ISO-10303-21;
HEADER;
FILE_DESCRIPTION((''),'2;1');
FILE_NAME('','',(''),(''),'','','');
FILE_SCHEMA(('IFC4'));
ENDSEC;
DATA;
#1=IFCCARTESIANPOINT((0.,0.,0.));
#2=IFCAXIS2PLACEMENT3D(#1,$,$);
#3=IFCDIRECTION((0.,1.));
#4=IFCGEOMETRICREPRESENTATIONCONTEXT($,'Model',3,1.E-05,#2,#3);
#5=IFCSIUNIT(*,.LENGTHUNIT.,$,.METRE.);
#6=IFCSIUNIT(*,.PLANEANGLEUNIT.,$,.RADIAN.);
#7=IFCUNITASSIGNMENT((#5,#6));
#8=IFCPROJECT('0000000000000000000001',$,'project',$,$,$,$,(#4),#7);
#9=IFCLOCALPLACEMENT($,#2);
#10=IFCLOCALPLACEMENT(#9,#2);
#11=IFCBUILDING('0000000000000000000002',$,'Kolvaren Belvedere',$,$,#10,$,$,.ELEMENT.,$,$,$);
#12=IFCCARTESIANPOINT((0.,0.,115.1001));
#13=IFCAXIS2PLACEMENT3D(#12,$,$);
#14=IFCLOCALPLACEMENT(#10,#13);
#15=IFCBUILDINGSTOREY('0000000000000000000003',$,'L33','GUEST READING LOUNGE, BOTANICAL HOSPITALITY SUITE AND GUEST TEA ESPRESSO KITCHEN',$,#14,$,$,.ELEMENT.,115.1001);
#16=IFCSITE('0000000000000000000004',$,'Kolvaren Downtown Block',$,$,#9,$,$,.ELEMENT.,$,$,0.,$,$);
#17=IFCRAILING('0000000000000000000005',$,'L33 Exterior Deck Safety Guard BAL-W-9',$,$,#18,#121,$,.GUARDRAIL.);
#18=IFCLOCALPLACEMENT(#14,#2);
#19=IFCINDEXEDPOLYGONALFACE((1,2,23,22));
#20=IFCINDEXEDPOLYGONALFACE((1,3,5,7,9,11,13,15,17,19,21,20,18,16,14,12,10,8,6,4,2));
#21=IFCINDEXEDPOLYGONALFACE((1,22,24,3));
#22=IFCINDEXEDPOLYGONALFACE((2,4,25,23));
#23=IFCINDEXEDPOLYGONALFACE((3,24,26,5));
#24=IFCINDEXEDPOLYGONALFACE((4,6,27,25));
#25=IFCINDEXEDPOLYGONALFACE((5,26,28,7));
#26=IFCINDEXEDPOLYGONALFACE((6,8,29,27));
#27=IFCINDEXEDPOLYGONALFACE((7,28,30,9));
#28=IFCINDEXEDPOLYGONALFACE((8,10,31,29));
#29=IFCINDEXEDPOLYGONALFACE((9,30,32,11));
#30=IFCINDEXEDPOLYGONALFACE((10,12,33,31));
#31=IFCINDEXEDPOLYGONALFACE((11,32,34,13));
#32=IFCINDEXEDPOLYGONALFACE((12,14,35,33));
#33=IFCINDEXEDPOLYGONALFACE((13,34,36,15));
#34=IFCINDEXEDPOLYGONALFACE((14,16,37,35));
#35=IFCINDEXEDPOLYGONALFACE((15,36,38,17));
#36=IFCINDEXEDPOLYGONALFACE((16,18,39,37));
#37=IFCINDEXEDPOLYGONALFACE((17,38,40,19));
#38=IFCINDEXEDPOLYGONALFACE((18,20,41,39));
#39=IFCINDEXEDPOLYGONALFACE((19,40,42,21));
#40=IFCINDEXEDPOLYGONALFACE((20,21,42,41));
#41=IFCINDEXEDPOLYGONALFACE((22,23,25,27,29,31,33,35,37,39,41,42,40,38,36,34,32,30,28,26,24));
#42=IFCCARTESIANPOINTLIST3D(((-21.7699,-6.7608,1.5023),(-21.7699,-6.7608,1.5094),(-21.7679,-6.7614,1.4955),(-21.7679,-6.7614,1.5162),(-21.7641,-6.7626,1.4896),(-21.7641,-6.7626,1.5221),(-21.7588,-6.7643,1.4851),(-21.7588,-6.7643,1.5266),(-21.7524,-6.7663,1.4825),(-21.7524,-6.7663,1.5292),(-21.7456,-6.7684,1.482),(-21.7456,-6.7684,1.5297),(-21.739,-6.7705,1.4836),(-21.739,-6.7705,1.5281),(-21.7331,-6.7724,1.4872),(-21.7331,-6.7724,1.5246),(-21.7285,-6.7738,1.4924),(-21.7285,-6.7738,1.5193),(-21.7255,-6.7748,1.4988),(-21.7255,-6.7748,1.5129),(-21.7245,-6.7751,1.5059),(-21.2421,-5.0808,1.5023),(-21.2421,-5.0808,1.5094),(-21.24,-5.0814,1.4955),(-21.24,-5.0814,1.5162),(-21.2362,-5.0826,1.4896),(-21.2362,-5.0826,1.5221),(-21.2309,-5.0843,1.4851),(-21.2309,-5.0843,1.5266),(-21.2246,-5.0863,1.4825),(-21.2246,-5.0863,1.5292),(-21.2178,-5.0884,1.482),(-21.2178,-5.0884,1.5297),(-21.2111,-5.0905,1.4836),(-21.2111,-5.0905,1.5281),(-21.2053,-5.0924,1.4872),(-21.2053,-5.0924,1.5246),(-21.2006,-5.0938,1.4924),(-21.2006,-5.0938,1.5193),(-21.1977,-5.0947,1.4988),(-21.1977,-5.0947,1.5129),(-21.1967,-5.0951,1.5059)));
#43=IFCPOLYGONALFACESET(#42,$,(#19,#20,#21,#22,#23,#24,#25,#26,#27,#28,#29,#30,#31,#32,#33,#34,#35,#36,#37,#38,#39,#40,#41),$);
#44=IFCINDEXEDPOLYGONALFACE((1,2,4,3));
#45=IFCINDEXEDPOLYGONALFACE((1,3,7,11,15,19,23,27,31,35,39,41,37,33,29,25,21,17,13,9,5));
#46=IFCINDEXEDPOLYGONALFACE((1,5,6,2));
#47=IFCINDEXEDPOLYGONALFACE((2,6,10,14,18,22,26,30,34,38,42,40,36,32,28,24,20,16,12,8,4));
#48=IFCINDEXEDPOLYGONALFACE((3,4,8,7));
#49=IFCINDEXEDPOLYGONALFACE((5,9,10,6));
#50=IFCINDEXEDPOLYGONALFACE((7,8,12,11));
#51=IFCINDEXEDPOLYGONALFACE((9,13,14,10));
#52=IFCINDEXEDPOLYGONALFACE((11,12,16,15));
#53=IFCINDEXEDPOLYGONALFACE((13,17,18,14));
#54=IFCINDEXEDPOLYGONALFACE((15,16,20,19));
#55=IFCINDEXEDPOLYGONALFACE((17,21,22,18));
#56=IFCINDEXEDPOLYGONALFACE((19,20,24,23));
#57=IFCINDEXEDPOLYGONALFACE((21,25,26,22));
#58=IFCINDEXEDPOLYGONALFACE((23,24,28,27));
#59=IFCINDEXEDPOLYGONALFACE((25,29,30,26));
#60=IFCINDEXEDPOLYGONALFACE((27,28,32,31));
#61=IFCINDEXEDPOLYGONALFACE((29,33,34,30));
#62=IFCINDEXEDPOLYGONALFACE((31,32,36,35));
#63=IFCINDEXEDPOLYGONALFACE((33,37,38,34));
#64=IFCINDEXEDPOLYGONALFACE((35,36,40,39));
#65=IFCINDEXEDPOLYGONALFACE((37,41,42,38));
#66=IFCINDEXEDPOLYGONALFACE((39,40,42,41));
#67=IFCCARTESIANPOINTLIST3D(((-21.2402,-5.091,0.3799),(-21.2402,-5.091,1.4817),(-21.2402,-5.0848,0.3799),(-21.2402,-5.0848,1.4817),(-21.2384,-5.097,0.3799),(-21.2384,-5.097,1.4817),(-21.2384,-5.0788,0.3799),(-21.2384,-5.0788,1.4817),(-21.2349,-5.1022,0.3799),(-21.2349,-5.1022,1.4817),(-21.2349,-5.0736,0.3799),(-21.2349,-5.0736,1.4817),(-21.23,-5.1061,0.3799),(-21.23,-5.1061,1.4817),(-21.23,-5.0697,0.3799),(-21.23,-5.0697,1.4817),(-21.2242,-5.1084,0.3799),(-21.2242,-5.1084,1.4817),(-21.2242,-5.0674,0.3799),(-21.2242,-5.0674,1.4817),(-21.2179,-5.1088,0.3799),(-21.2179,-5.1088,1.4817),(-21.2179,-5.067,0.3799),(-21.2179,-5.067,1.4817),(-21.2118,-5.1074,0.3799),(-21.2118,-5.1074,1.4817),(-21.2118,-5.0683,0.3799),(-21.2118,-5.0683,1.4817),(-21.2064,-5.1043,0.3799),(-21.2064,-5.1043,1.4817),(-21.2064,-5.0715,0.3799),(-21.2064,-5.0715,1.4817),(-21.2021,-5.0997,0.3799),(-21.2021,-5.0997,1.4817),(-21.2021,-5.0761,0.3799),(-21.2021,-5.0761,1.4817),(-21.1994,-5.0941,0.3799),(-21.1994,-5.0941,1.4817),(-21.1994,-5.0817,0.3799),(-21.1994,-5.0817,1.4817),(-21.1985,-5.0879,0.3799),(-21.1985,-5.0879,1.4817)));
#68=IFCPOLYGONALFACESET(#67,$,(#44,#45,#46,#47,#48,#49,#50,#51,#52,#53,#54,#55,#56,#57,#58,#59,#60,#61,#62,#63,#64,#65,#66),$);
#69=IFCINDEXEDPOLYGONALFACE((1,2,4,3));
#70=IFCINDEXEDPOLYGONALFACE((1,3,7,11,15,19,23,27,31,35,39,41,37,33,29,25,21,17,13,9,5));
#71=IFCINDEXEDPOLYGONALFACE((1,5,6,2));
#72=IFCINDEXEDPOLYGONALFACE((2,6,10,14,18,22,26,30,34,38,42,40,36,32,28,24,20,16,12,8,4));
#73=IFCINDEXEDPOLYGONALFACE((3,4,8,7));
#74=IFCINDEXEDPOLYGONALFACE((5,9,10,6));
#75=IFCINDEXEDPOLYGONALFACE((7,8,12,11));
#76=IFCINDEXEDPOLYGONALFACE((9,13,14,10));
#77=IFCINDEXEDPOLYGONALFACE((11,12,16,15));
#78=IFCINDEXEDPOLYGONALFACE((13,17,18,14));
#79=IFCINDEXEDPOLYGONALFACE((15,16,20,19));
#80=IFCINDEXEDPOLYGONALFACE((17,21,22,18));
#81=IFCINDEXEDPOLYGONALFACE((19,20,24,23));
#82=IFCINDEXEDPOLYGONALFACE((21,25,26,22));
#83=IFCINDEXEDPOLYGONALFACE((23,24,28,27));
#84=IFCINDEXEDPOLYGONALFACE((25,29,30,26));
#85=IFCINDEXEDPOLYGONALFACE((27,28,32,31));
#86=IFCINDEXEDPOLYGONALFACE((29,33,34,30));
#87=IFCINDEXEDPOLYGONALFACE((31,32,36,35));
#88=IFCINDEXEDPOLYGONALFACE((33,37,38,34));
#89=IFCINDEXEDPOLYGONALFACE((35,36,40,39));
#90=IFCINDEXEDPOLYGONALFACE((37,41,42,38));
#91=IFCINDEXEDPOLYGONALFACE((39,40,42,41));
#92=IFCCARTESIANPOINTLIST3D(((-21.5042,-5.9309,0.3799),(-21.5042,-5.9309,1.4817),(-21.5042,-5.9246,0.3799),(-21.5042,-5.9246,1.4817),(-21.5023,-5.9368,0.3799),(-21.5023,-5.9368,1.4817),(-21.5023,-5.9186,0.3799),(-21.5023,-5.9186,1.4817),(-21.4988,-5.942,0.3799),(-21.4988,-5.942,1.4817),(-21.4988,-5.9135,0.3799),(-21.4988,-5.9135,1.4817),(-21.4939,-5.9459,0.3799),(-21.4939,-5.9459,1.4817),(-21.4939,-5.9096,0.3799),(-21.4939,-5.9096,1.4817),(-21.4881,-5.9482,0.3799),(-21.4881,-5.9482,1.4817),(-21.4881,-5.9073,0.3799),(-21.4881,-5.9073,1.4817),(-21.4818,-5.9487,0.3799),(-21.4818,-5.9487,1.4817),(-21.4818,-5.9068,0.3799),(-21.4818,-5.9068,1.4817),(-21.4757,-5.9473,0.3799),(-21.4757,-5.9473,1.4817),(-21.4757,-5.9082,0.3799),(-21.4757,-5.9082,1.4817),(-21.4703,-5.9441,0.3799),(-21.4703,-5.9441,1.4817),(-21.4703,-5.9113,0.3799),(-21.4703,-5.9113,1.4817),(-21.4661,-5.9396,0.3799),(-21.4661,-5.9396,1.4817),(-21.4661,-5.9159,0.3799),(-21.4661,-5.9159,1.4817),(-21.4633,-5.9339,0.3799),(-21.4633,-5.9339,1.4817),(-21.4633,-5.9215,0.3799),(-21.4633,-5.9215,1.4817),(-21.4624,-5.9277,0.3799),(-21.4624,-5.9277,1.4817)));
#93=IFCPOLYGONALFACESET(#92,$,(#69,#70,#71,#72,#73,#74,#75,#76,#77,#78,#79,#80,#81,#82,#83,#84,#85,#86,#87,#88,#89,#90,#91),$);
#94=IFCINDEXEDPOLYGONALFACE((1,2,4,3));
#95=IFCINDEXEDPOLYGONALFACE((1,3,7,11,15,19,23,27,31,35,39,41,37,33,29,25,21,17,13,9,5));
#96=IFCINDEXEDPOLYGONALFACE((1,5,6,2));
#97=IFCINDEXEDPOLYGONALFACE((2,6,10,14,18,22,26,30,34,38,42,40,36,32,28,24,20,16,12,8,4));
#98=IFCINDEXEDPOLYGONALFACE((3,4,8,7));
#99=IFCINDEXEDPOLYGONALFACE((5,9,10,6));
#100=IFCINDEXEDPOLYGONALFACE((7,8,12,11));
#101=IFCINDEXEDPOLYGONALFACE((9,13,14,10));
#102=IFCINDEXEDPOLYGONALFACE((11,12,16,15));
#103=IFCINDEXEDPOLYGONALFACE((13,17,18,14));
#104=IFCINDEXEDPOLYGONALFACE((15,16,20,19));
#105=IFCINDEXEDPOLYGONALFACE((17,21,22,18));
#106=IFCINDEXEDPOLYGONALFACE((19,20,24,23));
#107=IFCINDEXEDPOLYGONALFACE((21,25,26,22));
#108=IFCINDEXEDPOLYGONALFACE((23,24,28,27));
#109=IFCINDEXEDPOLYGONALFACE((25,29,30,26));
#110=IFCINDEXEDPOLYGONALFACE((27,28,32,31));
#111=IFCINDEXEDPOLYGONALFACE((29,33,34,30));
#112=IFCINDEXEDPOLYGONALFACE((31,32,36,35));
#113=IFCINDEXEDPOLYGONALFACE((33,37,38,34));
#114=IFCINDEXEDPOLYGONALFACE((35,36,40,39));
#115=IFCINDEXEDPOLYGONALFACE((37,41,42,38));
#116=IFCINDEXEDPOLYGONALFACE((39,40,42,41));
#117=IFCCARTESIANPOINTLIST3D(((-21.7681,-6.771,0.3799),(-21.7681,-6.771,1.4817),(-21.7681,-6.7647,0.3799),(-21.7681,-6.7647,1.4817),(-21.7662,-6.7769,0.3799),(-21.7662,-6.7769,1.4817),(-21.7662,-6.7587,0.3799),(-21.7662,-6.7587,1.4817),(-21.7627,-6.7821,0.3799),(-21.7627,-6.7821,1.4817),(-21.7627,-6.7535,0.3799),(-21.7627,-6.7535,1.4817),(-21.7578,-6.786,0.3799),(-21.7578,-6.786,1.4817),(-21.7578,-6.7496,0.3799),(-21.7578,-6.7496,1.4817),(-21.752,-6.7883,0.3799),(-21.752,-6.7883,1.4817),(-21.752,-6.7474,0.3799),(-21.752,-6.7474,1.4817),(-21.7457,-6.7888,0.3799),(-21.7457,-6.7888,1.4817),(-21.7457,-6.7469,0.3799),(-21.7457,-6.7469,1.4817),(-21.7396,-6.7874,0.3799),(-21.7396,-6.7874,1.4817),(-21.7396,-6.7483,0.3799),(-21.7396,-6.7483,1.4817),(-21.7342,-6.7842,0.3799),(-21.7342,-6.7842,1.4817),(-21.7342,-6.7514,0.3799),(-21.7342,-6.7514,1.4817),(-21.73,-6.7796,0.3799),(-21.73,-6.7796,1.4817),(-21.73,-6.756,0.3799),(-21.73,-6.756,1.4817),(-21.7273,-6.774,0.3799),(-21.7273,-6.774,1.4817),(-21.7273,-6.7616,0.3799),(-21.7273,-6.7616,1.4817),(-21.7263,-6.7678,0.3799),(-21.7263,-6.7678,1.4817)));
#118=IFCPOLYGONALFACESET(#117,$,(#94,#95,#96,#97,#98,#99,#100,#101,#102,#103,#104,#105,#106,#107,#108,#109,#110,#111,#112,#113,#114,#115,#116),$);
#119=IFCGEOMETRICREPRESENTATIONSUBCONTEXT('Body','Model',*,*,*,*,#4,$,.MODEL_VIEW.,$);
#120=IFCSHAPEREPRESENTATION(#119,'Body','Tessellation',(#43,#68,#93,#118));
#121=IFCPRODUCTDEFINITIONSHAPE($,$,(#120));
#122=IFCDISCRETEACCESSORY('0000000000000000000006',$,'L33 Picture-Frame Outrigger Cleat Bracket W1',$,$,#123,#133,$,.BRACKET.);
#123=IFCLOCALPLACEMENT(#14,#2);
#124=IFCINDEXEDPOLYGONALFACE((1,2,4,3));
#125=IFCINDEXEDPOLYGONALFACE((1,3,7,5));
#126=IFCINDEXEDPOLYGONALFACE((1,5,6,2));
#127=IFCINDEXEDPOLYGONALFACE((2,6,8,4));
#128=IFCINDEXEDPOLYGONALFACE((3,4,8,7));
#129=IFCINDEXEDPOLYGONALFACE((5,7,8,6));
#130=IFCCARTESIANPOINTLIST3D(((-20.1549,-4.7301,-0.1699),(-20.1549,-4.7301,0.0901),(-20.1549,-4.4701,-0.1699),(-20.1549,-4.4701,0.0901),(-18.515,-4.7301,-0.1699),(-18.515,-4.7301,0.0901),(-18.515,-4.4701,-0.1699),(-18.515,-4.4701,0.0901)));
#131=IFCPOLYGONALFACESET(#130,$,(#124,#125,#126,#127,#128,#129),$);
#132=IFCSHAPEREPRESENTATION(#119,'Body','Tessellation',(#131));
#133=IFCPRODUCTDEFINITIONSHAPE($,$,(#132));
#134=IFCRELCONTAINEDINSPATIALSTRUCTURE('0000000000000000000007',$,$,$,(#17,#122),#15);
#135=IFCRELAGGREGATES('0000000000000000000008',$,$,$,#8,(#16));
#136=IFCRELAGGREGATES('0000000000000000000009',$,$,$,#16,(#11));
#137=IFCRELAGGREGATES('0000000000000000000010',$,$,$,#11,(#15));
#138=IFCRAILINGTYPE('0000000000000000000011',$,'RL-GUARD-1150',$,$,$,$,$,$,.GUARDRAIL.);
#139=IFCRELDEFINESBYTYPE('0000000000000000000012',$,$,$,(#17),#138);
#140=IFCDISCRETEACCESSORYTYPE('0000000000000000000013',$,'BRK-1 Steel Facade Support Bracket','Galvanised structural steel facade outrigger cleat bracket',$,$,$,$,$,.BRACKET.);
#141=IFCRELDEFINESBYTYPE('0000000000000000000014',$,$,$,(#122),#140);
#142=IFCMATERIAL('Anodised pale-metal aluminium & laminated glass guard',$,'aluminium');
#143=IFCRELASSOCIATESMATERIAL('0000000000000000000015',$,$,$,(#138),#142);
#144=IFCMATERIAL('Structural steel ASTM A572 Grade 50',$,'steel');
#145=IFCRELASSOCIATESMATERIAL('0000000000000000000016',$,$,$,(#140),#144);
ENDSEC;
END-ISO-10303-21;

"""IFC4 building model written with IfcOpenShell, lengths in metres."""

from ifc_helpers import new_model, si_unit, direction, frame, origin, origin_2d, place, context, subcontext, project, spatial, rectangle, circle, extrude, material, type_object, element, save


model = new_model("IFC4")

# Units and contexts
model_context = context("Model", 3, precision=1e-05, world=origin(), true_north=direction((0.0, 1.0)))
body_context = subcontext(model_context, "Body", "Model", "MODEL_VIEW")
ifc_project = project(units=[si_unit("LENGTHUNIT", "METRE"), si_unit("PLANEANGLEUNIT", "RADIAN")], contexts=[model_context])

# Site, building, storey
site_placement = place(None, origin())
site = spatial("IfcSite", under=ifc_project, at=site_placement, Name="Kolvaren Downtown Block", CompositionType="ELEMENT", RefElevation=0.0)
building_placement = place(site_placement, origin())
building = spatial("IfcBuilding", under=site, at=building_placement, Name="Kolvaren Belvedere", CompositionType="ELEMENT")
storey_placement = place(building_placement, frame((0.0, 0.0, 115.1001)))
storey = spatial("IfcBuildingStorey", under=building, at=storey_placement, Name="L33", Description="GUEST READING LOUNGE, BOTANICAL HOSPITALITY SUITE AND GUEST TEA ESPRESSO KITCHEN", CompositionType="ELEMENT", Elevation=115.1001)

# Railing
ifc_material_1 = material(Name="Anodised pale-metal aluminium & laminated glass guard", Category="aluminium")
railing_type = type_object("IfcRailingType", Name="RL-GUARD-1150", PredefinedType="GUARDRAIL", material=ifc_material_1)
railing_1_placement = place(storey_placement, frame((-21.2195, -5.0879, 0.3799)))
element("IfcRailing", 1, at=railing_1_placement, inside=storey, type_object=railing_type, Name="L33 Exterior Deck Safety Guard BAL-W-9", PredefinedType="GUARDRAIL", context=body_context, shape_type="SweptSolid", body=[
    extrude(circle(Radius=0.0239, at=origin_2d()), frame((0.0, 0.0, 1.126), z_axis=(-0.299751, -0.954018, 0.0), x_axis=(0.954018, -0.299751, 0.0)), (0.0, 0.0, 1.0), 1.761),
    extrude(circle(Radius=0.021, at=origin_2d()), origin(), (0.0, 0.0, 1.0), 1.1018),
    extrude(circle(Radius=0.021, at=origin_2d()), frame((-0.2639, -0.8398, 0.0)), (0.0, 0.0, 1.0), 1.1018),
    extrude(circle(Radius=0.021, at=origin_2d()), frame((-0.5278, -1.6799, 0.0)), (0.0, 0.0, 1.0), 1.1018),
])

# Discrete accessory
ifc_material_2 = material(Name="Structural steel ASTM A572 Grade 50", Category="steel")
discrete_accessory_type = type_object("IfcDiscreteAccessoryType", Name="BRK-1 Steel Facade Support Bracket", Description="Galvanised structural steel facade outrigger cleat bracket", PredefinedType="BRACKET", material=ifc_material_2)
discrete_accessory_placement = place(storey_placement, frame((-19.335, -4.6001, -0.1699), z_axis=(0.0, 0.0, 1.0), x_axis=(1.0, 0.0, 0.0)))
element("IfcDiscreteAccessory", 2, at=discrete_accessory_placement, inside=storey, type_object=discrete_accessory_type, Name="L33 Picture-Frame Outrigger Cleat Bracket W1", PredefinedType="BRACKET", context=body_context, shape_type="SweptSolid", body=[
    extrude(rectangle(XDim=1.6399, YDim=0.26, at=origin_2d()), origin(), (0.0, 0.0, 1.0), 0.26),
])

save(model, "model.ifc")
